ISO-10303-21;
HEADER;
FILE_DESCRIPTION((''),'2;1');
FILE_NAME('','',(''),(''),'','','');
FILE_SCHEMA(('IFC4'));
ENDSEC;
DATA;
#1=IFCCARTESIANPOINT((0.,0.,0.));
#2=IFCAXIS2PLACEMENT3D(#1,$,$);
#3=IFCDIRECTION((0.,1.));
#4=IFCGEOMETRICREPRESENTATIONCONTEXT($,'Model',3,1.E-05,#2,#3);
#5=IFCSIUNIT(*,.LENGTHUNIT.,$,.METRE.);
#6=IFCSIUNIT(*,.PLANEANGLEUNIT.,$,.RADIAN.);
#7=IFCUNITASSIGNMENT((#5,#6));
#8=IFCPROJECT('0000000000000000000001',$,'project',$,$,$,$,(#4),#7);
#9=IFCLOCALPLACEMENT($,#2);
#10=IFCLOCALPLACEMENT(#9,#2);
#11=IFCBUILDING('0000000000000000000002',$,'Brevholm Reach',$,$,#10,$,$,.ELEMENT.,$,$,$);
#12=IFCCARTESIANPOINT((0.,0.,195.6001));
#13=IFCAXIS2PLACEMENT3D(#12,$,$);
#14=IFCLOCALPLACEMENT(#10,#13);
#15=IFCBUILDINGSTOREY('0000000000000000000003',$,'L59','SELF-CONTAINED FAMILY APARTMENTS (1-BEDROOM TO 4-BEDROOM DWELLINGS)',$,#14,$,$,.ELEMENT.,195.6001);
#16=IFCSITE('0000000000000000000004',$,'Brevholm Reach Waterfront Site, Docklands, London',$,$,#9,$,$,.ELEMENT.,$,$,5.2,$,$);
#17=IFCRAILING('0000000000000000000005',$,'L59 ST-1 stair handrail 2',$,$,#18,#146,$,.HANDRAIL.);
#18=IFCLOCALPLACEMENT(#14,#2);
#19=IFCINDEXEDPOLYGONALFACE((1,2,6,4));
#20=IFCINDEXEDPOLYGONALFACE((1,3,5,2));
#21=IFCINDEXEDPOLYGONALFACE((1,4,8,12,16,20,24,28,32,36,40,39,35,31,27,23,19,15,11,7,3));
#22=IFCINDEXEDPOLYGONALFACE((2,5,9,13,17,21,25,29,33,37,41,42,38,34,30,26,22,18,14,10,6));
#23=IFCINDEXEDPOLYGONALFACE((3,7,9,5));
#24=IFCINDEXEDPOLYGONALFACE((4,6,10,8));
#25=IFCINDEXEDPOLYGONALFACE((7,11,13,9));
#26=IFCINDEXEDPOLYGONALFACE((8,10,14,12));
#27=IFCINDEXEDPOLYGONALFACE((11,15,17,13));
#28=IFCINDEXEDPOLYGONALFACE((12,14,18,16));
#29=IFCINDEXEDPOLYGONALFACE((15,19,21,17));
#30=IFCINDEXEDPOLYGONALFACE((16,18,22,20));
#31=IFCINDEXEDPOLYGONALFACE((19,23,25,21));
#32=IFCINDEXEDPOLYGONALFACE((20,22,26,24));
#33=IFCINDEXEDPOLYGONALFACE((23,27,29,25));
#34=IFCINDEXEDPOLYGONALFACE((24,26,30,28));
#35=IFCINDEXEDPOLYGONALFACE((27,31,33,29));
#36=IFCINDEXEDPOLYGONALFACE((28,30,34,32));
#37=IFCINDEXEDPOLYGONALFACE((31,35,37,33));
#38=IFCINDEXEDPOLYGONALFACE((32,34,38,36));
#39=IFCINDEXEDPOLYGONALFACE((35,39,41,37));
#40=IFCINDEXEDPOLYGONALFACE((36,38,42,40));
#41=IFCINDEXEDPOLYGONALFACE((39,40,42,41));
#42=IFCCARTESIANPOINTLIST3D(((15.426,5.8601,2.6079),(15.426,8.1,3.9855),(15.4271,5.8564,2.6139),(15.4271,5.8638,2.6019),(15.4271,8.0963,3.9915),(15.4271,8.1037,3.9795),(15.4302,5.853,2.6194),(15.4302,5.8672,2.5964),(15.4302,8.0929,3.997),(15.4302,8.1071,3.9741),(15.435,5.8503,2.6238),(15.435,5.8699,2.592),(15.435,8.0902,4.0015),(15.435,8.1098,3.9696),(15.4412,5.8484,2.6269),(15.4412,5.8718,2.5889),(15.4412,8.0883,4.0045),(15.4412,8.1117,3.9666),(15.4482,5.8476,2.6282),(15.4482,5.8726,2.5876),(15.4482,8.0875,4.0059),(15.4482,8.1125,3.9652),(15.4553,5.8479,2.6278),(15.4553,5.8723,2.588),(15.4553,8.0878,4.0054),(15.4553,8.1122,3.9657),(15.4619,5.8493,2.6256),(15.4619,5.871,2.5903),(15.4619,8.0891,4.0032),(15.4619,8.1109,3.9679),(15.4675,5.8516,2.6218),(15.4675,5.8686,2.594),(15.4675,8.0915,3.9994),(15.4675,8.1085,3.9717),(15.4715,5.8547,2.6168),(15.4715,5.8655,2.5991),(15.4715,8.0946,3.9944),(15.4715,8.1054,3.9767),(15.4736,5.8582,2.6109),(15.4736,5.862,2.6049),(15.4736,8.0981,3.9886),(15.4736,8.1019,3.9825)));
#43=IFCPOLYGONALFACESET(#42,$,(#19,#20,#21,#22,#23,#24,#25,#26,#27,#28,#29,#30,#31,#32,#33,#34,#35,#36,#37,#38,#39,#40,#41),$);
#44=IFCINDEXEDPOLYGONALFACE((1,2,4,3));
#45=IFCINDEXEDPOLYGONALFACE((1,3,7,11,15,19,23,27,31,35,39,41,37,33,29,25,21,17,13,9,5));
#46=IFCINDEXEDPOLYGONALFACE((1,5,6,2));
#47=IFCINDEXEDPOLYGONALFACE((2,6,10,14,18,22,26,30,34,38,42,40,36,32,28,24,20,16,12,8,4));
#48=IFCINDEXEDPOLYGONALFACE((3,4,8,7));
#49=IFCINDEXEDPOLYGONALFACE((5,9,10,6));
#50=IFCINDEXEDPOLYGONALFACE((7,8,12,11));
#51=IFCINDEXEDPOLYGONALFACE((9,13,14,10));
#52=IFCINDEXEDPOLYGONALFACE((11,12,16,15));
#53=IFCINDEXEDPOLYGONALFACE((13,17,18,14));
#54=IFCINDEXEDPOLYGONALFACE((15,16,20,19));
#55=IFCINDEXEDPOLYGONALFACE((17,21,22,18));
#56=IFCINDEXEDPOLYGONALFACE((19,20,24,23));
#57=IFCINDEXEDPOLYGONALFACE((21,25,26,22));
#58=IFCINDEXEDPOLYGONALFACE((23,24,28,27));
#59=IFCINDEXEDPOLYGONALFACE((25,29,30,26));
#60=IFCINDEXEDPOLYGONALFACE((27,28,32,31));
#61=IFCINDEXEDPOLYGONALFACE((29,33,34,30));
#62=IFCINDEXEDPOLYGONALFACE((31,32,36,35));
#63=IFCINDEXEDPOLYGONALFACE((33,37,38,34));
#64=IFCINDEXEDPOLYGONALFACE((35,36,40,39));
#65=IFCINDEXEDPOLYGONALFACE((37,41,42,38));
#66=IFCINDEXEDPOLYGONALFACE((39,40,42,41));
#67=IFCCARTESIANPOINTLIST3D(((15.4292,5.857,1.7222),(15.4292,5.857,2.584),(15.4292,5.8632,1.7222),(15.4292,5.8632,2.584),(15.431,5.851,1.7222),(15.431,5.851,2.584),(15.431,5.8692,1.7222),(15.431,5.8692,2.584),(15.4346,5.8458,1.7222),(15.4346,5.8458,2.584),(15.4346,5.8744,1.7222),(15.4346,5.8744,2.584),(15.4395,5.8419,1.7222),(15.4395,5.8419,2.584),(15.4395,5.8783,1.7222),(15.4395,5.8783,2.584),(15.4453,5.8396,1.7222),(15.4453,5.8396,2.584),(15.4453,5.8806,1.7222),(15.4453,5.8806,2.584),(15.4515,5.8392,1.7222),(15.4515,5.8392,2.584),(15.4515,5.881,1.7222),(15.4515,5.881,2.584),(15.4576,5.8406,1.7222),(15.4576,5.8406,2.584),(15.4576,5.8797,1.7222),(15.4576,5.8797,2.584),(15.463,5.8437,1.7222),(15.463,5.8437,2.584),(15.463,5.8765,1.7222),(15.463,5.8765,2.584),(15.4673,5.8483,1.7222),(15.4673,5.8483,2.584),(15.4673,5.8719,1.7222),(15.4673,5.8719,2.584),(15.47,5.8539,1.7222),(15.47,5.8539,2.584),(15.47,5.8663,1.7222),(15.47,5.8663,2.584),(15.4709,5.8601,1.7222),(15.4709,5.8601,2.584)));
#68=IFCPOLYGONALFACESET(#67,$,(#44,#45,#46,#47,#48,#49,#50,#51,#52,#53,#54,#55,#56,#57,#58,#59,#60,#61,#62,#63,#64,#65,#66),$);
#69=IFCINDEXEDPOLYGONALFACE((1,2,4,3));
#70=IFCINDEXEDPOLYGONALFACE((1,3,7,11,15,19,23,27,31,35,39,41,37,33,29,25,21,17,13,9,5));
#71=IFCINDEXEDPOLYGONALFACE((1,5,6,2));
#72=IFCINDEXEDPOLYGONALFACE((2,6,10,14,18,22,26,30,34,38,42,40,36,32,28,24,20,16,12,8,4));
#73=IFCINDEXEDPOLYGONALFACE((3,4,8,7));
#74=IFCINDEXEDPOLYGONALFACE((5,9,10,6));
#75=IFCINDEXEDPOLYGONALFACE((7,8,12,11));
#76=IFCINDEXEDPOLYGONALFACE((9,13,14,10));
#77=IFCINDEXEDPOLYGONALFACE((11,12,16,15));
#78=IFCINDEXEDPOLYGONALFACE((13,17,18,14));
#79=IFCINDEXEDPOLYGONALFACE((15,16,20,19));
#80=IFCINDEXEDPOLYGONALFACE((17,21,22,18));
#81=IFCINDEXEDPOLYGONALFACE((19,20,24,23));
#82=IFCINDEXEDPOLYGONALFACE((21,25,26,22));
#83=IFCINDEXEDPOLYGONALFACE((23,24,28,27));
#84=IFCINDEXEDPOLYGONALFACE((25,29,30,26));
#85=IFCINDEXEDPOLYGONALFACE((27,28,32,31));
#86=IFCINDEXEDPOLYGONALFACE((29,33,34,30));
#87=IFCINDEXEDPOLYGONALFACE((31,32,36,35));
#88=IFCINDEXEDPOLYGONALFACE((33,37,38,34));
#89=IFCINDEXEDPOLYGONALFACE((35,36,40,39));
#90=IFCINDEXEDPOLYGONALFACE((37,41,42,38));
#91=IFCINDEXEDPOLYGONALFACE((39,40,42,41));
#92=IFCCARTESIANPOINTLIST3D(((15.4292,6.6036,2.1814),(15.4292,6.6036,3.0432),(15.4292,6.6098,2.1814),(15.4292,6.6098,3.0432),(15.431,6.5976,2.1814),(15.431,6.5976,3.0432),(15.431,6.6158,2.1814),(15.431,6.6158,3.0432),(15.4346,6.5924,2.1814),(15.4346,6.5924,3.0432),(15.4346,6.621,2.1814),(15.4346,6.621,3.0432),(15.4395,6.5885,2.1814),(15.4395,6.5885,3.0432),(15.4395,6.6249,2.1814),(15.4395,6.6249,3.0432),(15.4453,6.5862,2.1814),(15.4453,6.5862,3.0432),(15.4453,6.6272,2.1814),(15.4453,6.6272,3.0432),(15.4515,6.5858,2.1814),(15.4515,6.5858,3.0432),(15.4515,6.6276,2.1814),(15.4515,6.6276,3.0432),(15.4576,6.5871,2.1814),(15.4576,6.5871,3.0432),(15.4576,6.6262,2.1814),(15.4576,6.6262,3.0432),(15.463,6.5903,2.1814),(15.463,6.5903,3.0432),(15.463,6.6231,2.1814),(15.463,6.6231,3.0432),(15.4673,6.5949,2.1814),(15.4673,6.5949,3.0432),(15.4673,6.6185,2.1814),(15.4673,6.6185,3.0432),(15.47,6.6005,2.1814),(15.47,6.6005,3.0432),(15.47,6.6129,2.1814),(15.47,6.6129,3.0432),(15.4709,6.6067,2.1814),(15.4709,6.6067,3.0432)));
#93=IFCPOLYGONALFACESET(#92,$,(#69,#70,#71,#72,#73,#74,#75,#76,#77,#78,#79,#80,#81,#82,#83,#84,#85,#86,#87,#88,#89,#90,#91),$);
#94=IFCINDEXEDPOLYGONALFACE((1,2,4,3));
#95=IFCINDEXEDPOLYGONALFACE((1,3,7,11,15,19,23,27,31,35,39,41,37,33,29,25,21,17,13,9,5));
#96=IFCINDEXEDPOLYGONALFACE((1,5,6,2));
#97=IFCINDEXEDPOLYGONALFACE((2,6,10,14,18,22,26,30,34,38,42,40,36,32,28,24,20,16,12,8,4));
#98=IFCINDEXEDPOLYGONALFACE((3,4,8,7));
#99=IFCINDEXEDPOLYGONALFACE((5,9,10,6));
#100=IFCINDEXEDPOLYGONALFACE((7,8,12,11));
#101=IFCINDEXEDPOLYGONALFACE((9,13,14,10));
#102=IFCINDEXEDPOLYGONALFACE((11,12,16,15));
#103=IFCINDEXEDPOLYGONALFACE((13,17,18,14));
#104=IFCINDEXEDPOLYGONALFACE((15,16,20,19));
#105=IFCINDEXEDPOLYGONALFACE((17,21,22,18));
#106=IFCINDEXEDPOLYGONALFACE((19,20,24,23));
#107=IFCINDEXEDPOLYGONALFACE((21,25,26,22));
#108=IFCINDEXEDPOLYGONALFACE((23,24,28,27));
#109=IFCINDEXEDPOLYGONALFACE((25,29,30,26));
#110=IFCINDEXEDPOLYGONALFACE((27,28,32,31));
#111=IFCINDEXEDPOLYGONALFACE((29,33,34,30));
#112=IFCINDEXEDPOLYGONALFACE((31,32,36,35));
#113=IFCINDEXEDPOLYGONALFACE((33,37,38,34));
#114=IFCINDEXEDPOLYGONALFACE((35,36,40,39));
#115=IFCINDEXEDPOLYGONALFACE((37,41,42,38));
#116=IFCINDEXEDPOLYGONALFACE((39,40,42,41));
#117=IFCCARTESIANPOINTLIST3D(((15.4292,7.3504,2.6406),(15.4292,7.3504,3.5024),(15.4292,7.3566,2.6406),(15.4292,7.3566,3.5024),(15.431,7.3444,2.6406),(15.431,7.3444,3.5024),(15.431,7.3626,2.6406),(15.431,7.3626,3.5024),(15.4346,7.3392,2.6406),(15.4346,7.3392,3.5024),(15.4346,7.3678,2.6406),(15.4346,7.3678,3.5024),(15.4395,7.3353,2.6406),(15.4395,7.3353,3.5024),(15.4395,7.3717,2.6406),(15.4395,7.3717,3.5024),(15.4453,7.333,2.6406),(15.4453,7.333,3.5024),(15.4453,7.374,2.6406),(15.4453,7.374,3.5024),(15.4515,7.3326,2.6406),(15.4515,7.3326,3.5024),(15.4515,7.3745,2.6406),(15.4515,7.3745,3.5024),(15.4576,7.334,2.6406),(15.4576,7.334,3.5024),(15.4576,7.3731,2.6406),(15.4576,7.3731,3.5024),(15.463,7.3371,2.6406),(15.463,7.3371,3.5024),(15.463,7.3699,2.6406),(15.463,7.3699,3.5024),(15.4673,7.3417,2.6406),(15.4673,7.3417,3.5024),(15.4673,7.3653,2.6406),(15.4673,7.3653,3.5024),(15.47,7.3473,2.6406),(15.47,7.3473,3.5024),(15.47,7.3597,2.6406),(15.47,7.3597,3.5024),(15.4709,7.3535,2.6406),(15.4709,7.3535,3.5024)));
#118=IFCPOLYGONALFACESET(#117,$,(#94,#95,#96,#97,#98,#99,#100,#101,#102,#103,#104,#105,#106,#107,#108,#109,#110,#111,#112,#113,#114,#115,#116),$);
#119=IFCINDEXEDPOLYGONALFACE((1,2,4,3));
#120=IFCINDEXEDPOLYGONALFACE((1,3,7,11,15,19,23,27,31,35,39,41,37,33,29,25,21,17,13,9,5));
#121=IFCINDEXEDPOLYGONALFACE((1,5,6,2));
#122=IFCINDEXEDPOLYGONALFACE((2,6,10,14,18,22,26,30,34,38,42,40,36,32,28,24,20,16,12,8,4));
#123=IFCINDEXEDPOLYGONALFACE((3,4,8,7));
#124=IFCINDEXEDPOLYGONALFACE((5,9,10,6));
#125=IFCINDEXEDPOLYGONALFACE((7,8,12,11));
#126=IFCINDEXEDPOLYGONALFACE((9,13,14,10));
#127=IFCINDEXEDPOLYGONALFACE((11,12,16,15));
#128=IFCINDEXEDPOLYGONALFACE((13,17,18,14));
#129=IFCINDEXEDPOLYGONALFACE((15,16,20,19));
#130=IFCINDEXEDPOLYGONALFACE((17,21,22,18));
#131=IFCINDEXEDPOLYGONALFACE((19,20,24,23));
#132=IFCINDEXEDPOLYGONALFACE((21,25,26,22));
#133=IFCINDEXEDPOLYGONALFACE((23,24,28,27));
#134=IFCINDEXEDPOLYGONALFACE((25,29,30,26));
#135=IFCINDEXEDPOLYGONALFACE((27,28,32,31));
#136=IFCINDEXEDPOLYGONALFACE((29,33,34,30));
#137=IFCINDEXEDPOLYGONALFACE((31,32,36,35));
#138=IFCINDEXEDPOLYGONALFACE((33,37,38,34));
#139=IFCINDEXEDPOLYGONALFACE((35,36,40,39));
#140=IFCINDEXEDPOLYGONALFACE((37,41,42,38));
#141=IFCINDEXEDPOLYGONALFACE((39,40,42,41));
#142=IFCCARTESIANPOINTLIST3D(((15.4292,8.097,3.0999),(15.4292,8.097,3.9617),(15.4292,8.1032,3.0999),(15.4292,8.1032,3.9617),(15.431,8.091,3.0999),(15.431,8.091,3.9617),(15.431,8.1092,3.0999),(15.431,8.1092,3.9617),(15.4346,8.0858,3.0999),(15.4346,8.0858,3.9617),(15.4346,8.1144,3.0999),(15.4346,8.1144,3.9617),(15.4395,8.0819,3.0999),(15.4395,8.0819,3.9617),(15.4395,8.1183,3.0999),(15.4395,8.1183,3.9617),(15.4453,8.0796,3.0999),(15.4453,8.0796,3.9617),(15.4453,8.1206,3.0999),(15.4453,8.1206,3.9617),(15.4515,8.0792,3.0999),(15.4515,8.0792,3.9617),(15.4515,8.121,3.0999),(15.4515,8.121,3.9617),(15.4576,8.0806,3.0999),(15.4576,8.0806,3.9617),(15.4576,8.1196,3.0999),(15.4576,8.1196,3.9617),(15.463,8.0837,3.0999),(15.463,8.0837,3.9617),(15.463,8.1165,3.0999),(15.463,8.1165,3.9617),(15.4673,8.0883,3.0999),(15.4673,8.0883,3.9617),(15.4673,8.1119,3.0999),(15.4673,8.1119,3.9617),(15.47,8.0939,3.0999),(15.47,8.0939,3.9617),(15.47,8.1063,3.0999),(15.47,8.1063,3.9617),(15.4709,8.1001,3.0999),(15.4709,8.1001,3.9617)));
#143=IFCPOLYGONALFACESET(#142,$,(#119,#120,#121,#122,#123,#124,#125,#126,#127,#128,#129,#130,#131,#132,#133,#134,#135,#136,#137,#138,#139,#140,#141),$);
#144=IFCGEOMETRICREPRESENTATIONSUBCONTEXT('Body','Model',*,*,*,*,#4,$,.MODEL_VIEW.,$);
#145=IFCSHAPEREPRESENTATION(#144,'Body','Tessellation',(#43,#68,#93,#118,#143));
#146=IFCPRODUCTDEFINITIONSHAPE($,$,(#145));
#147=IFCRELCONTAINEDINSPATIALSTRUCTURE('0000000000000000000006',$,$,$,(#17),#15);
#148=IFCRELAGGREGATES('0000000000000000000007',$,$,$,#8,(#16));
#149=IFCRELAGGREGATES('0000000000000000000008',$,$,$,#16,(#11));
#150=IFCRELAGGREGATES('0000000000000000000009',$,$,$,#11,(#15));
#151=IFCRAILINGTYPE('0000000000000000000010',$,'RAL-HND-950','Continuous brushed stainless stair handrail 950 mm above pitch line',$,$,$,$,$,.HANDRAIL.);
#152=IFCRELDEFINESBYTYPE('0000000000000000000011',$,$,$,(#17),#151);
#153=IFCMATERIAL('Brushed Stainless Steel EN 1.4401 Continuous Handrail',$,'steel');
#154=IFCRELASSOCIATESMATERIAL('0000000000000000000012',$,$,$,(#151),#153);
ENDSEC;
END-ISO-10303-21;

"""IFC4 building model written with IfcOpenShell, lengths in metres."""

from ifc_helpers import new_model, si_unit, direction, frame, origin, origin_2d, place, context, subcontext, project, spatial, circle, extrude, material, type_object, element, save


model = new_model("IFC4")

# Units and contexts
model_context = context("Model", 3, precision=1e-05, world=origin(), true_north=direction((0.0, 1.0)))
body_context = subcontext(model_context, "Body", "Model", "MODEL_VIEW")
ifc_project = project(units=[si_unit("LENGTHUNIT", "METRE"), si_unit("PLANEANGLEUNIT", "RADIAN")], contexts=[model_context])

# Site, building, storey
site_placement = place(None, origin())
site = spatial("IfcSite", under=ifc_project, at=site_placement, Name="Brevholm Reach Waterfront Site, Docklands, London", CompositionType="ELEMENT", RefElevation=5.2)
building_placement = place(site_placement, origin())
building = spatial("IfcBuilding", under=site, at=building_placement, Name="Brevholm Reach", CompositionType="ELEMENT")
storey_placement = place(building_placement, frame((0.0, 0.0, 195.6001)))
storey = spatial("IfcBuildingStorey", under=building, at=storey_placement, Name="L59", Description="SELF-CONTAINED FAMILY APARTMENTS (1-BEDROOM TO 4-BEDROOM DWELLINGS)", CompositionType="ELEMENT", Elevation=195.6001)

# Railing
ifc_material_1 = material(Name="Brushed Stainless Steel EN 1.4401 Continuous Handrail", Category="steel")
railing_type_1 = type_object("IfcRailingType", Name="RAL-HND-950", Description="Continuous brushed stainless stair handrail 950 mm above pitch line", PredefinedType="HANDRAIL", material=ifc_material_1)
railing_1_placement = place(storey_placement, frame((15.45, 5.8601, 1.7222)))
element("IfcRailing", 1, at=railing_1_placement, inside=storey, type_object=railing_type_1, Name="L59 ST-1 stair handrail 2", PredefinedType="HANDRAIL", context=body_context, shape_type="SweptSolid", body=[
    extrude(circle(Radius=0.0239, at=origin_2d()), frame((0.0, 0.0, 0.8857), z_axis=(0.0, 0.851789, 0.523885), x_axis=(-1.0, 0.0, 0.0)), (0.0, 0.0, 1.0), 2.6296),
    extrude(circle(Radius=0.021, at=origin_2d()), origin(), (0.0, 0.0, 1.0), 0.8618),
    extrude(circle(Radius=0.021, at=origin_2d()), frame((0.0, 0.7466, 0.4592)), (0.0, 0.0, 1.0), 0.8618),
    extrude(circle(Radius=0.021, at=origin_2d()), frame((0.0, 1.4934, 0.9185)), (0.0, 0.0, 1.0), 0.8618),
    extrude(circle(Radius=0.021, at=origin_2d()), frame((0.0, 2.24, 1.3777)), (0.0, 0.0, 1.0), 0.8618),
])

save(model, "model.ifc")
